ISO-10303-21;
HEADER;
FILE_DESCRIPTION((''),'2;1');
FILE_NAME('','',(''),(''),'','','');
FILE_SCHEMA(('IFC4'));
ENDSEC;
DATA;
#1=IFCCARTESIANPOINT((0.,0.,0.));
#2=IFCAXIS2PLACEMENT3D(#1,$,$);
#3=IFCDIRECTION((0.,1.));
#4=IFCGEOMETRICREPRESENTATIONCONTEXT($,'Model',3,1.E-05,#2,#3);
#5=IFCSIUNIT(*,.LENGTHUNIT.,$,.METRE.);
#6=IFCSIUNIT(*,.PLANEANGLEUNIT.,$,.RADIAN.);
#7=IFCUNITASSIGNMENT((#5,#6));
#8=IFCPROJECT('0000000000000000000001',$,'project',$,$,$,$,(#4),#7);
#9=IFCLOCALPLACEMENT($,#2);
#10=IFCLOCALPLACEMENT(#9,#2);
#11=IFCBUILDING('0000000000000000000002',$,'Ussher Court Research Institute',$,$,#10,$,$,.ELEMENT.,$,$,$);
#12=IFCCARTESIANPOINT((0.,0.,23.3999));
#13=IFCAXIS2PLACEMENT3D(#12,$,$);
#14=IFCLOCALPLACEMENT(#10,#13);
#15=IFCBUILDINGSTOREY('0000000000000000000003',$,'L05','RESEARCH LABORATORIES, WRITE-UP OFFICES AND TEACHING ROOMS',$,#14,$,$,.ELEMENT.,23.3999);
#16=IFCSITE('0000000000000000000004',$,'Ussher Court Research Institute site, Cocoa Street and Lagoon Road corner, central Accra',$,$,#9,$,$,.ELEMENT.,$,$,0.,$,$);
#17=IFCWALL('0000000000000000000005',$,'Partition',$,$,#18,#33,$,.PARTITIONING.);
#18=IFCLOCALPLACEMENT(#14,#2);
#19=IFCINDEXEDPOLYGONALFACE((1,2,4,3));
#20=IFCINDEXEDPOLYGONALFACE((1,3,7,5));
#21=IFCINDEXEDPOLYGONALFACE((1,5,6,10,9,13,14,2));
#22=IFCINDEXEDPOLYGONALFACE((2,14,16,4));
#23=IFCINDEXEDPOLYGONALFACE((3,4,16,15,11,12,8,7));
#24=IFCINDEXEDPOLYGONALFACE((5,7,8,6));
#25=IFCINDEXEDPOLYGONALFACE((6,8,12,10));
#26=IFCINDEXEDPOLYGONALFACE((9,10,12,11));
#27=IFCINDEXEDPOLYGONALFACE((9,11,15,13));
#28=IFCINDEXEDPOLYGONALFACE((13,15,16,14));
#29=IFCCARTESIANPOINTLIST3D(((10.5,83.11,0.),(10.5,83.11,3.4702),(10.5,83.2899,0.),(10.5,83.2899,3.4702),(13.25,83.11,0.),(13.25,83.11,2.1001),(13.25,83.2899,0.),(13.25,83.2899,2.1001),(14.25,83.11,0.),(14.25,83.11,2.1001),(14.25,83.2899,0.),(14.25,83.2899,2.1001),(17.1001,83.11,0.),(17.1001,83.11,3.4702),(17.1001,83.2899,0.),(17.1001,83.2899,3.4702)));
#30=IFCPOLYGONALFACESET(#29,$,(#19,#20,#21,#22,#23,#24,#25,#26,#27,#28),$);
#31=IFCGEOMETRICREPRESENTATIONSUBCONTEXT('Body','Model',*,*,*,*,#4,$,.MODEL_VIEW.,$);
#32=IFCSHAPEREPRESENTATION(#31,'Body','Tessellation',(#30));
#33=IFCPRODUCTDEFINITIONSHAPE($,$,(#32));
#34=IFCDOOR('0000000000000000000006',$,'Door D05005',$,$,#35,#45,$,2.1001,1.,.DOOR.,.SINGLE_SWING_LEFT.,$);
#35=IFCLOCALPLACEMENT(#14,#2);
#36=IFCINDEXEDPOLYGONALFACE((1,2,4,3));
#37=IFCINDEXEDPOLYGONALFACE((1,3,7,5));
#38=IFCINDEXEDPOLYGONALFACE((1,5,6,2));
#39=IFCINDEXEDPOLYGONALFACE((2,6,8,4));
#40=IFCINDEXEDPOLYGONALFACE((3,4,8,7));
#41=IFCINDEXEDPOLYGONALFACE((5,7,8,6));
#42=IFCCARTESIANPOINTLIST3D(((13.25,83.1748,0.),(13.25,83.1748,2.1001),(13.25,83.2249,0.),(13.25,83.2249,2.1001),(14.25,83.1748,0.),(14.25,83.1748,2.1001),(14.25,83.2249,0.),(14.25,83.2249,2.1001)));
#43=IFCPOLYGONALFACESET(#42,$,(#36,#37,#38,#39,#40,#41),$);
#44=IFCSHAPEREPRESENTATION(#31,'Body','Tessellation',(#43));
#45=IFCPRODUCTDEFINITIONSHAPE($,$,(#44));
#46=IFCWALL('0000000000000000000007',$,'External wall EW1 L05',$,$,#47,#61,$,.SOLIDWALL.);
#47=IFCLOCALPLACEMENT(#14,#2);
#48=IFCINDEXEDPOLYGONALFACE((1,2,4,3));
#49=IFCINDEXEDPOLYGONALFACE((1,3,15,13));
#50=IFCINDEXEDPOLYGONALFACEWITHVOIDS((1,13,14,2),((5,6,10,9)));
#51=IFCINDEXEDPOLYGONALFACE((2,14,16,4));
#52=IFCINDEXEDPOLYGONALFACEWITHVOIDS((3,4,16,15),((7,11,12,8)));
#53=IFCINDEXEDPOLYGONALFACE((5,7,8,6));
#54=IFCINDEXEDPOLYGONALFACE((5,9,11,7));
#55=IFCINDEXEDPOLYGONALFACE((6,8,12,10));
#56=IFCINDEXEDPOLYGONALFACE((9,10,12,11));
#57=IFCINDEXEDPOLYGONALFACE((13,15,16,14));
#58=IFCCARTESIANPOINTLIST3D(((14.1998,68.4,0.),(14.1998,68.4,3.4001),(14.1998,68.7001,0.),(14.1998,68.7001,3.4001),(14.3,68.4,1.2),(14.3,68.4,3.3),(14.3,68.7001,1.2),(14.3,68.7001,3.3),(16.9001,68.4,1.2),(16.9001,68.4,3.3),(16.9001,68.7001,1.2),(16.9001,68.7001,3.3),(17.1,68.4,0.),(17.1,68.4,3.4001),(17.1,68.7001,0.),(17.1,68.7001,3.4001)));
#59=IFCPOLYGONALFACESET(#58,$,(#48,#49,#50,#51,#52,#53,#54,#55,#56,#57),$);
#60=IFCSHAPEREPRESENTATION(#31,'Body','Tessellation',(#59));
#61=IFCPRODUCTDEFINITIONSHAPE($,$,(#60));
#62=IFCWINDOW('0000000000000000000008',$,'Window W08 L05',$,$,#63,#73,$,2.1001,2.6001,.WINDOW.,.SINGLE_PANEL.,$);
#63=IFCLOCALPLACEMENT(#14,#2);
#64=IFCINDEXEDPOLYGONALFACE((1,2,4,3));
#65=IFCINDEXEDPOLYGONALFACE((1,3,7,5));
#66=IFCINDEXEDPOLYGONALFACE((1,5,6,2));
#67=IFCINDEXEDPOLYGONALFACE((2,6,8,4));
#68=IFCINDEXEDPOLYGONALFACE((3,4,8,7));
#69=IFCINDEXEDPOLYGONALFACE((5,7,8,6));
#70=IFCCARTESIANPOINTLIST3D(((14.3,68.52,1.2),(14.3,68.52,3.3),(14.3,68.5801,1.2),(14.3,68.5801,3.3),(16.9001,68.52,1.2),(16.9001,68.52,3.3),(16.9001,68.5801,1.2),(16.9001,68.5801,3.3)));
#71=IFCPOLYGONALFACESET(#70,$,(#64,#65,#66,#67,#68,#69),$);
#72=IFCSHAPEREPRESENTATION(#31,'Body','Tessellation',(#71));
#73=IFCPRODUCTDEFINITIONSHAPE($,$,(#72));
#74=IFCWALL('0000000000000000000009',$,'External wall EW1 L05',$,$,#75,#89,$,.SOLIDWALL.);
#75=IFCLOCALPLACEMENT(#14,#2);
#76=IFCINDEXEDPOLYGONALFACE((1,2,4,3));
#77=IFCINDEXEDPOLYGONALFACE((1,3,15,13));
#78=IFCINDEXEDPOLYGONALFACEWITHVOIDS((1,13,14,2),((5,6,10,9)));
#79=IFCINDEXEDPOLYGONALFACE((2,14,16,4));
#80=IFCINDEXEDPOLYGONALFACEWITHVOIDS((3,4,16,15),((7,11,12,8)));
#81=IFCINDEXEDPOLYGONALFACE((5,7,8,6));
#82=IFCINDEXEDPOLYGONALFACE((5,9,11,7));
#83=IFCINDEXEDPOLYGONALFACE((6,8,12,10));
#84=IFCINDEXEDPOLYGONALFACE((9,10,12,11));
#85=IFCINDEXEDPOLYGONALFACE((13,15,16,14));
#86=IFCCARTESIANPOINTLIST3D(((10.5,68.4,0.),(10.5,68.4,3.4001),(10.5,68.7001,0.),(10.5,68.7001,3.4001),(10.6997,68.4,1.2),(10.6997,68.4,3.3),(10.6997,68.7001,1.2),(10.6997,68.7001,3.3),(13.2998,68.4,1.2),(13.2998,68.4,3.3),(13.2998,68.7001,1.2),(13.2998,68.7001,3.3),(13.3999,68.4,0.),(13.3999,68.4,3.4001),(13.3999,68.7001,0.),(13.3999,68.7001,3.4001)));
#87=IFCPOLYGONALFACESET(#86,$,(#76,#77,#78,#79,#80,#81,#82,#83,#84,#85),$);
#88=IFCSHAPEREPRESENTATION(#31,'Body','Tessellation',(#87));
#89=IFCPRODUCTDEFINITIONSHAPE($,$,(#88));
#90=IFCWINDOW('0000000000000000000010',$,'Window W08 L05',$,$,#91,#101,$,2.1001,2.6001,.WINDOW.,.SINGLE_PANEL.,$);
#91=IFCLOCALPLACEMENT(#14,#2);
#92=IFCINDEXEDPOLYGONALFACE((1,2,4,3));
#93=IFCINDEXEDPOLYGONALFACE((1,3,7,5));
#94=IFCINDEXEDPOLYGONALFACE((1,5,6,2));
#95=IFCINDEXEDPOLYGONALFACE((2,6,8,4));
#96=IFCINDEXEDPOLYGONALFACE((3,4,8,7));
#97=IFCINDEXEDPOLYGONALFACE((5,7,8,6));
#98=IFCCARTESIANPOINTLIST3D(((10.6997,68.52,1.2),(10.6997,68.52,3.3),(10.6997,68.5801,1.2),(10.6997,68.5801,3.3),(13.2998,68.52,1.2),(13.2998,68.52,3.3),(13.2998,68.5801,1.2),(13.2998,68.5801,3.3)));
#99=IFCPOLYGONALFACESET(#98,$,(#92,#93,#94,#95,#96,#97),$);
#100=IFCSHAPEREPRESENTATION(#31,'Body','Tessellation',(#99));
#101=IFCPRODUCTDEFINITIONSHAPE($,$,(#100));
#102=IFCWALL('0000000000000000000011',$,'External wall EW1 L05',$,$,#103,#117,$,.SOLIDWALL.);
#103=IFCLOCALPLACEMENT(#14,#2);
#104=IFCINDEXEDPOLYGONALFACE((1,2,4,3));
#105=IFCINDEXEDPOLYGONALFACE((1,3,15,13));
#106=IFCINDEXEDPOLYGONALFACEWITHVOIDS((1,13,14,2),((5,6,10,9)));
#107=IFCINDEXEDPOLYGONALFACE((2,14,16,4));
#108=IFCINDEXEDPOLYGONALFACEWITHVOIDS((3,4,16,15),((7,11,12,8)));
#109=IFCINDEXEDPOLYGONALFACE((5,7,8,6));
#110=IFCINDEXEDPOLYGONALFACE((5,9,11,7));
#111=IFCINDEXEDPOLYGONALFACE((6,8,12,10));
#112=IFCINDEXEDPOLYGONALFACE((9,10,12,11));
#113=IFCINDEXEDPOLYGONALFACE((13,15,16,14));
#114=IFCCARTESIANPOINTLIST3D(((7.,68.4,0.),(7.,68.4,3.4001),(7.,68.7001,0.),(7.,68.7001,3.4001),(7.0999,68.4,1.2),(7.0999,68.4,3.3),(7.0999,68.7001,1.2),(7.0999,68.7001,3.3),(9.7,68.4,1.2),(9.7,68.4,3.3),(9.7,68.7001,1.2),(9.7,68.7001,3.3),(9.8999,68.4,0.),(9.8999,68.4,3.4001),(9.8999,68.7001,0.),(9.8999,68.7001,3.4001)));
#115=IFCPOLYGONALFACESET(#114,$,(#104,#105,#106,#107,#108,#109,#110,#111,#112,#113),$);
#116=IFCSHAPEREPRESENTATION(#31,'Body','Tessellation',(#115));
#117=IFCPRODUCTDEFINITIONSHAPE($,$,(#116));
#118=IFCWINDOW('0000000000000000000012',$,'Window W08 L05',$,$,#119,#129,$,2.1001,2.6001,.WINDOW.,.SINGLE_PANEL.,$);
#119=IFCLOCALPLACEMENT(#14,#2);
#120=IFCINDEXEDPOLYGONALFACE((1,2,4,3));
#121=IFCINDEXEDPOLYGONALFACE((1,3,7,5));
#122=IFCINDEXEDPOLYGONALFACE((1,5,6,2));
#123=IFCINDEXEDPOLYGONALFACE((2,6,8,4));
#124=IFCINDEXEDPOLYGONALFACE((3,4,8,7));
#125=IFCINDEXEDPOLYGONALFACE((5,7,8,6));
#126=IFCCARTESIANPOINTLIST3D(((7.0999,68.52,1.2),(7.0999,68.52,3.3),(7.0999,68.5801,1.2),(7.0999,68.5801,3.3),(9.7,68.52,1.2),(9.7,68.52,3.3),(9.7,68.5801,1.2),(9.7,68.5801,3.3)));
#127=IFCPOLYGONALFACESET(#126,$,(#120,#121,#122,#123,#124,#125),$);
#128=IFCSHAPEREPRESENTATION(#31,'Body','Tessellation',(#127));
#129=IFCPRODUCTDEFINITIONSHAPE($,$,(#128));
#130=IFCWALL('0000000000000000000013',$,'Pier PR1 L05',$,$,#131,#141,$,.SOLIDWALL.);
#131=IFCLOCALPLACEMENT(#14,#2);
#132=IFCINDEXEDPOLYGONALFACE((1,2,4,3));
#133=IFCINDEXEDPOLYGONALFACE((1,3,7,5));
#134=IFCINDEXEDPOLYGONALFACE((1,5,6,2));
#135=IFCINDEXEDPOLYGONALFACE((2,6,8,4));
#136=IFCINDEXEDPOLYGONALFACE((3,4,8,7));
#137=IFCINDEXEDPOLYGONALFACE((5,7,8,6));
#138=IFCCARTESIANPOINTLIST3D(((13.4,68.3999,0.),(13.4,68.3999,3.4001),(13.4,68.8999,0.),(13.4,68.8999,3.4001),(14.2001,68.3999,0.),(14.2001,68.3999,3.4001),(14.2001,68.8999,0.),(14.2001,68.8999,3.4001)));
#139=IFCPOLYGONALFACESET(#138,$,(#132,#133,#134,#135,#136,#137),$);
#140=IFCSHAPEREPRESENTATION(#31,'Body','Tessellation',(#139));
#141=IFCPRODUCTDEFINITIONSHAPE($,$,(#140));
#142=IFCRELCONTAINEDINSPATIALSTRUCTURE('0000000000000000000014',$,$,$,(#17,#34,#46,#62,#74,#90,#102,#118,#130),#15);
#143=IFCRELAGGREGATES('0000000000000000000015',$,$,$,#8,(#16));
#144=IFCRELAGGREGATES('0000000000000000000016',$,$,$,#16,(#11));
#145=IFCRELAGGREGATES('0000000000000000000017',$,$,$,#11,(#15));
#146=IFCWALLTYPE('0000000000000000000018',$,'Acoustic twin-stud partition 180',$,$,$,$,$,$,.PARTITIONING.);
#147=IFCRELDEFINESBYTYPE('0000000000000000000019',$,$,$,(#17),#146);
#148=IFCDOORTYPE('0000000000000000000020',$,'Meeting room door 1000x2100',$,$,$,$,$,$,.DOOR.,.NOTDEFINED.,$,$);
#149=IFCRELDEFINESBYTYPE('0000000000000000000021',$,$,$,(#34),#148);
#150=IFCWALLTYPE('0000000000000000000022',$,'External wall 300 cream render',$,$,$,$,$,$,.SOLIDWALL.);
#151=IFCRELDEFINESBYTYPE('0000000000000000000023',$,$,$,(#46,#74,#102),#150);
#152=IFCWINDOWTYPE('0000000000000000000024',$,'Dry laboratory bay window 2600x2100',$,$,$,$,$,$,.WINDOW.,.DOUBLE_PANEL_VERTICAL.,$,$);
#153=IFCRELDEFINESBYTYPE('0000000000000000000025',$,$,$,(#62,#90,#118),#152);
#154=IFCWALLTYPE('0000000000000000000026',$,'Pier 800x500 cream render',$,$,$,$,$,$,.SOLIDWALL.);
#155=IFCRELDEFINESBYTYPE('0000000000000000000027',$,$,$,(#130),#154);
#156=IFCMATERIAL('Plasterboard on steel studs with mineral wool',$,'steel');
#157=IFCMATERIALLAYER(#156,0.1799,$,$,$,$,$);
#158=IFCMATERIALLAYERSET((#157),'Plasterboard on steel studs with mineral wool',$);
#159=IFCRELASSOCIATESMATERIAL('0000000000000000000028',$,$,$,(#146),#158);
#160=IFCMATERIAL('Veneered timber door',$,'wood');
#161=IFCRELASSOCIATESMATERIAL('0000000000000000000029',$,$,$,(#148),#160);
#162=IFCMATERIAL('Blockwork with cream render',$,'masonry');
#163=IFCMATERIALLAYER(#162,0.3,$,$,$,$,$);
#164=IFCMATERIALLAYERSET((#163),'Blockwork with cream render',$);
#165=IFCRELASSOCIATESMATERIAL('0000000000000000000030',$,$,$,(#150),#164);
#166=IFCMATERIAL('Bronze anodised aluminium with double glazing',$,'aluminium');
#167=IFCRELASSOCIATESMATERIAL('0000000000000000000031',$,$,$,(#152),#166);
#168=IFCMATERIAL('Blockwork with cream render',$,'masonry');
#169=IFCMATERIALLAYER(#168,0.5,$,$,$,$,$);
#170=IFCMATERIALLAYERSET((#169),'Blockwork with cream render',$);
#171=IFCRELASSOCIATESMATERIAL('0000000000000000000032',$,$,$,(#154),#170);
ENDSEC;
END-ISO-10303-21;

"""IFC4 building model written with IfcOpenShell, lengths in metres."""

from ifc_helpers import new_model, si_unit, direction, frame, frame_2d, origin, place, context, subcontext, project, spatial, rectangle, extrude, material, layer, layer_set, type_object, element, fill, save


model = new_model("IFC4")

# Units and contexts
model_context = context("Model", 3, precision=1e-05, world=origin(), true_north=direction((0.0, 1.0)))
body_context = subcontext(model_context, "Body", "Model", "MODEL_VIEW")
ifc_project = project(units=[si_unit("LENGTHUNIT", "METRE"), si_unit("PLANEANGLEUNIT", "RADIAN")], contexts=[model_context])

# Site, building, storey
site_placement = place(None, origin())
site = spatial("IfcSite", under=ifc_project, at=site_placement, Name="Ussher Court Research Institute site, Cocoa Street and Lagoon Road corner, central Accra", CompositionType="ELEMENT", RefElevation=0.0)
building_placement = place(site_placement, origin())
building = spatial("IfcBuilding", under=site, at=building_placement, Name="Ussher Court Research Institute", CompositionType="ELEMENT")
storey_placement = place(building_placement, frame((0.0, 0.0, 23.3999)))
storey = spatial("IfcBuildingStorey", under=building, at=storey_placement, Name="L05", Description="RESEARCH LABORATORIES, WRITE-UP OFFICES AND TEACHING ROOMS", CompositionType="ELEMENT", Elevation=23.3999)

# Wall, opening, door
ifc_material_1 = material(Name="Plasterboard on steel studs with mineral wool", Category="steel")
ifc_layer_1 = layer(ifc_material_1, 0.1799)
ifc_layer_set_1 = layer_set([ifc_layer_1], Name="Plasterboard on steel studs with mineral wool")
wall_type_1 = type_object("IfcWallType", Name="Acoustic twin-stud partition 180", PredefinedType="PARTITIONING", material=ifc_layer_set_1)
wall_1_placement = place(storey_placement, frame((10.5, 83.2, 0.0), z_axis=(0.0, 0.0, 1.0), x_axis=(1.0, 0.0, 0.0)))
wall_1 = element("IfcWall", 1, at=wall_1_placement, inside=storey, type_object=wall_type_1, Name="Partition", PredefinedType="PARTITIONING", context=body_context, shape_type="SweptSolid", body=[
    extrude(rectangle(XDim=6.6001, YDim=0.1799, at=frame_2d((3.3, 0.0))), origin(), (0.0, 0.0, 1.0), 3.4702),
])
opening_1_placement = place(wall_1_placement, frame((2.75, 0.0, 0.0)))
opening_1 = element("IfcOpeningElement", 2, at=opening_1_placement, cuts=wall_1, PredefinedType="OPENING", context=body_context, shape_type="SweptSolid", body=[
    extrude(rectangle(XDim=1.0, YDim=2.1001, at=frame_2d((0.5, 1.05))), frame((0.0, 0.1001, 0.0), z_axis=(0.0, -1.0, 0.0), x_axis=(1.0, 0.0, 0.0)), (0.0, 0.0, 1.0), 0.2),
])
ifc_material_2 = material(Name="Veneered timber door", Category="wood")
door_type = type_object("IfcDoorType", Name="Meeting room door 1000x2100", OperationType="NOTDEFINED", PredefinedType="DOOR", material=ifc_material_2)
door_placement = place(opening_1_placement, origin())
door = element("IfcDoor", 3, at=door_placement, inside=storey, type_object=door_type, Name="Door D05005", OperationType="SINGLE_SWING_LEFT", OverallHeight=2.1001, OverallWidth=1.0, PredefinedType="DOOR", context=body_context, shape_type="SweptSolid", body=[
    extrude(rectangle(XDim=1.0, YDim=2.1001, at=frame_2d((0.5, 1.05))), frame((0.0, 0.0249, 0.0), z_axis=(0.0, -1.0, 0.0), x_axis=(1.0, 0.0, 0.0)), (0.0, 0.0, 1.0), 0.05),
])
fill(opening_1, door)

# Walls, openings, windows
ifc_material_3 = material(Name="Blockwork with cream render", Category="masonry")
ifc_layer_2 = layer(ifc_material_3, 0.3)
ifc_layer_set_2 = layer_set([ifc_layer_2], Name="Blockwork with cream render")
wall_type_2 = type_object("IfcWallType", Name="External wall 300 cream render", PredefinedType="SOLIDWALL", material=ifc_layer_set_2)
wall_2_placement = place(storey_placement, frame((17.1001, 68.55, 0.0), z_axis=(0.0, 0.0, 1.0), x_axis=(-1.0, 0.0, 0.0)))
wall_2 = element("IfcWall", 4, at=wall_2_placement, inside=storey, type_object=wall_type_2, Name="External wall EW1 L05", PredefinedType="SOLIDWALL", context=body_context, shape_type="SweptSolid", body=[
    extrude(rectangle(XDim=2.9001, YDim=0.3, at=frame_2d((1.4502, 0.0))), origin(), (0.0, 0.0, 1.0), 3.4001),
])
opening_2_placement = place(wall_2_placement, frame((0.2, 0.0, 1.2)))
opening_2 = element("IfcOpeningElement", 5, at=opening_2_placement, cuts=wall_2, PredefinedType="OPENING", context=body_context, shape_type="SweptSolid", body=[
    extrude(rectangle(XDim=2.6001, YDim=2.1001, at=frame_2d((1.3, 1.05))), frame((0.0, 0.1602, 0.0), z_axis=(0.0, -1.0, 0.0), x_axis=(1.0, 0.0, 0.0)), (0.0, 0.0, 1.0), 0.3201),
])
ifc_material_4 = material(Name="Bronze anodised aluminium with double glazing", Category="aluminium")
window_type = type_object("IfcWindowType", Name="Dry laboratory bay window 2600x2100", PartitioningType="DOUBLE_PANEL_VERTICAL", PredefinedType="WINDOW", material=ifc_material_4)
window_1_placement = place(opening_2_placement, origin())
window_1 = element("IfcWindow", 6, at=window_1_placement, inside=storey, type_object=window_type, Name="Window W08 L05", OverallHeight=2.1001, OverallWidth=2.6001, PartitioningType="SINGLE_PANEL", PredefinedType="WINDOW", context=body_context, shape_type="SweptSolid", body=[
    extrude(rectangle(XDim=2.6001, YDim=2.1001, at=frame_2d((1.3, 1.05))), frame((0.0, 0.03, 0.0), z_axis=(0.0, -1.0, 0.0), x_axis=(1.0, 0.0, 0.0)), (0.0, 0.0, 1.0), 0.0601),
])
fill(opening_2, window_1)
wall_3_placement = place(storey_placement, frame((13.3999, 68.55, 0.0), z_axis=(0.0, 0.0, 1.0), x_axis=(-1.0, 0.0, 0.0)))
wall_3 = element("IfcWall", 7, at=wall_3_placement, inside=storey, type_object=wall_type_2, Name="External wall EW1 L05", PredefinedType="SOLIDWALL", context=body_context, shape_type="SweptSolid", body=[
    extrude(rectangle(XDim=2.8999, YDim=0.3, at=frame_2d((1.45, 0.0))), origin(), (0.0, 0.0, 1.0), 3.4001),
])
opening_3_placement = place(wall_3_placement, frame((0.1001, 0.0, 1.2)))
opening_3 = element("IfcOpeningElement", 8, at=opening_3_placement, cuts=wall_3, PredefinedType="OPENING", context=body_context, shape_type="SweptSolid", body=[
    extrude(rectangle(XDim=2.6001, YDim=2.1001, at=frame_2d((1.3, 1.05))), frame((0.0, 0.1602, 0.0), z_axis=(0.0, -1.0, 0.0), x_axis=(1.0, 0.0, 0.0)), (0.0, 0.0, 1.0), 0.3201),
])
window_2_placement = place(opening_3_placement, origin())
window_2 = element("IfcWindow", 9, at=window_2_placement, inside=storey, type_object=window_type, Name="Window W08 L05", OverallHeight=2.1001, OverallWidth=2.6001, PartitioningType="SINGLE_PANEL", PredefinedType="WINDOW", context=body_context, shape_type="SweptSolid", body=[
    extrude(rectangle(XDim=2.6001, YDim=2.1001, at=frame_2d((1.3, 1.05))), frame((0.0, 0.03, 0.0), z_axis=(0.0, -1.0, 0.0), x_axis=(1.0, 0.0, 0.0)), (0.0, 0.0, 1.0), 0.0601),
])
fill(opening_3, window_2)
wall_4_placement = place(storey_placement, frame((9.8999, 68.55, 0.0), z_axis=(0.0, 0.0, 1.0), x_axis=(-1.0, 0.0, 0.0)))
wall_4 = element("IfcWall", 10, at=wall_4_placement, inside=storey, type_object=wall_type_2, Name="External wall EW1 L05", PredefinedType="SOLIDWALL", context=body_context, shape_type="SweptSolid", body=[
    extrude(rectangle(XDim=2.8999, YDim=0.3, at=frame_2d((1.45, 0.0))), origin(), (0.0, 0.0, 1.0), 3.4001),
])
opening_4_placement = place(wall_4_placement, frame((0.2, 0.0, 1.2)))
opening_4 = element("IfcOpeningElement", 11, at=opening_4_placement, cuts=wall_4, PredefinedType="OPENING", context=body_context, shape_type="SweptSolid", body=[
    extrude(rectangle(XDim=2.6001, YDim=2.1001, at=frame_2d((1.3, 1.05))), frame((0.0, 0.1602, 0.0), z_axis=(0.0, -1.0, 0.0), x_axis=(1.0, 0.0, 0.0)), (0.0, 0.0, 1.0), 0.3201),
])
window_3_placement = place(opening_4_placement, origin())
window_3 = element("IfcWindow", 12, at=window_3_placement, inside=storey, type_object=window_type, Name="Window W08 L05", OverallHeight=2.1001, OverallWidth=2.6001, PartitioningType="SINGLE_PANEL", PredefinedType="WINDOW", context=body_context, shape_type="SweptSolid", body=[
    extrude(rectangle(XDim=2.6001, YDim=2.1001, at=frame_2d((1.3, 1.05))), frame((0.0, 0.03, 0.0), z_axis=(0.0, -1.0, 0.0), x_axis=(1.0, 0.0, 0.0)), (0.0, 0.0, 1.0), 0.0601),
])
fill(opening_4, window_3)

# Wall
ifc_material_5 = material(Name="Blockwork with cream render", Category="masonry")
ifc_layer_3 = layer(ifc_material_5, 0.5)
ifc_layer_set_3 = layer_set([ifc_layer_3], Name="Blockwork with cream render")
wall_type_3 = type_object("IfcWallType", Name="Pier 800x500 cream render", PredefinedType="SOLIDWALL", material=ifc_layer_set_3)
wall_5_placement = place(storey_placement, frame((14.2, 68.6499, 0.0), z_axis=(0.0, 0.0, 1.0), x_axis=(-1.0, 0.0, 0.0)))
element("IfcWall", 13, at=wall_5_placement, inside=storey, type_object=wall_type_3, Name="Pier PR1 L05", PredefinedType="SOLIDWALL", context=body_context, shape_type="SweptSolid", body=[
    extrude(rectangle(XDim=0.8, YDim=0.5, at=frame_2d((0.3999, 0.0))), origin(), (0.0, 0.0, 1.0), 3.4001),
])

save(model, "model.ifc")
